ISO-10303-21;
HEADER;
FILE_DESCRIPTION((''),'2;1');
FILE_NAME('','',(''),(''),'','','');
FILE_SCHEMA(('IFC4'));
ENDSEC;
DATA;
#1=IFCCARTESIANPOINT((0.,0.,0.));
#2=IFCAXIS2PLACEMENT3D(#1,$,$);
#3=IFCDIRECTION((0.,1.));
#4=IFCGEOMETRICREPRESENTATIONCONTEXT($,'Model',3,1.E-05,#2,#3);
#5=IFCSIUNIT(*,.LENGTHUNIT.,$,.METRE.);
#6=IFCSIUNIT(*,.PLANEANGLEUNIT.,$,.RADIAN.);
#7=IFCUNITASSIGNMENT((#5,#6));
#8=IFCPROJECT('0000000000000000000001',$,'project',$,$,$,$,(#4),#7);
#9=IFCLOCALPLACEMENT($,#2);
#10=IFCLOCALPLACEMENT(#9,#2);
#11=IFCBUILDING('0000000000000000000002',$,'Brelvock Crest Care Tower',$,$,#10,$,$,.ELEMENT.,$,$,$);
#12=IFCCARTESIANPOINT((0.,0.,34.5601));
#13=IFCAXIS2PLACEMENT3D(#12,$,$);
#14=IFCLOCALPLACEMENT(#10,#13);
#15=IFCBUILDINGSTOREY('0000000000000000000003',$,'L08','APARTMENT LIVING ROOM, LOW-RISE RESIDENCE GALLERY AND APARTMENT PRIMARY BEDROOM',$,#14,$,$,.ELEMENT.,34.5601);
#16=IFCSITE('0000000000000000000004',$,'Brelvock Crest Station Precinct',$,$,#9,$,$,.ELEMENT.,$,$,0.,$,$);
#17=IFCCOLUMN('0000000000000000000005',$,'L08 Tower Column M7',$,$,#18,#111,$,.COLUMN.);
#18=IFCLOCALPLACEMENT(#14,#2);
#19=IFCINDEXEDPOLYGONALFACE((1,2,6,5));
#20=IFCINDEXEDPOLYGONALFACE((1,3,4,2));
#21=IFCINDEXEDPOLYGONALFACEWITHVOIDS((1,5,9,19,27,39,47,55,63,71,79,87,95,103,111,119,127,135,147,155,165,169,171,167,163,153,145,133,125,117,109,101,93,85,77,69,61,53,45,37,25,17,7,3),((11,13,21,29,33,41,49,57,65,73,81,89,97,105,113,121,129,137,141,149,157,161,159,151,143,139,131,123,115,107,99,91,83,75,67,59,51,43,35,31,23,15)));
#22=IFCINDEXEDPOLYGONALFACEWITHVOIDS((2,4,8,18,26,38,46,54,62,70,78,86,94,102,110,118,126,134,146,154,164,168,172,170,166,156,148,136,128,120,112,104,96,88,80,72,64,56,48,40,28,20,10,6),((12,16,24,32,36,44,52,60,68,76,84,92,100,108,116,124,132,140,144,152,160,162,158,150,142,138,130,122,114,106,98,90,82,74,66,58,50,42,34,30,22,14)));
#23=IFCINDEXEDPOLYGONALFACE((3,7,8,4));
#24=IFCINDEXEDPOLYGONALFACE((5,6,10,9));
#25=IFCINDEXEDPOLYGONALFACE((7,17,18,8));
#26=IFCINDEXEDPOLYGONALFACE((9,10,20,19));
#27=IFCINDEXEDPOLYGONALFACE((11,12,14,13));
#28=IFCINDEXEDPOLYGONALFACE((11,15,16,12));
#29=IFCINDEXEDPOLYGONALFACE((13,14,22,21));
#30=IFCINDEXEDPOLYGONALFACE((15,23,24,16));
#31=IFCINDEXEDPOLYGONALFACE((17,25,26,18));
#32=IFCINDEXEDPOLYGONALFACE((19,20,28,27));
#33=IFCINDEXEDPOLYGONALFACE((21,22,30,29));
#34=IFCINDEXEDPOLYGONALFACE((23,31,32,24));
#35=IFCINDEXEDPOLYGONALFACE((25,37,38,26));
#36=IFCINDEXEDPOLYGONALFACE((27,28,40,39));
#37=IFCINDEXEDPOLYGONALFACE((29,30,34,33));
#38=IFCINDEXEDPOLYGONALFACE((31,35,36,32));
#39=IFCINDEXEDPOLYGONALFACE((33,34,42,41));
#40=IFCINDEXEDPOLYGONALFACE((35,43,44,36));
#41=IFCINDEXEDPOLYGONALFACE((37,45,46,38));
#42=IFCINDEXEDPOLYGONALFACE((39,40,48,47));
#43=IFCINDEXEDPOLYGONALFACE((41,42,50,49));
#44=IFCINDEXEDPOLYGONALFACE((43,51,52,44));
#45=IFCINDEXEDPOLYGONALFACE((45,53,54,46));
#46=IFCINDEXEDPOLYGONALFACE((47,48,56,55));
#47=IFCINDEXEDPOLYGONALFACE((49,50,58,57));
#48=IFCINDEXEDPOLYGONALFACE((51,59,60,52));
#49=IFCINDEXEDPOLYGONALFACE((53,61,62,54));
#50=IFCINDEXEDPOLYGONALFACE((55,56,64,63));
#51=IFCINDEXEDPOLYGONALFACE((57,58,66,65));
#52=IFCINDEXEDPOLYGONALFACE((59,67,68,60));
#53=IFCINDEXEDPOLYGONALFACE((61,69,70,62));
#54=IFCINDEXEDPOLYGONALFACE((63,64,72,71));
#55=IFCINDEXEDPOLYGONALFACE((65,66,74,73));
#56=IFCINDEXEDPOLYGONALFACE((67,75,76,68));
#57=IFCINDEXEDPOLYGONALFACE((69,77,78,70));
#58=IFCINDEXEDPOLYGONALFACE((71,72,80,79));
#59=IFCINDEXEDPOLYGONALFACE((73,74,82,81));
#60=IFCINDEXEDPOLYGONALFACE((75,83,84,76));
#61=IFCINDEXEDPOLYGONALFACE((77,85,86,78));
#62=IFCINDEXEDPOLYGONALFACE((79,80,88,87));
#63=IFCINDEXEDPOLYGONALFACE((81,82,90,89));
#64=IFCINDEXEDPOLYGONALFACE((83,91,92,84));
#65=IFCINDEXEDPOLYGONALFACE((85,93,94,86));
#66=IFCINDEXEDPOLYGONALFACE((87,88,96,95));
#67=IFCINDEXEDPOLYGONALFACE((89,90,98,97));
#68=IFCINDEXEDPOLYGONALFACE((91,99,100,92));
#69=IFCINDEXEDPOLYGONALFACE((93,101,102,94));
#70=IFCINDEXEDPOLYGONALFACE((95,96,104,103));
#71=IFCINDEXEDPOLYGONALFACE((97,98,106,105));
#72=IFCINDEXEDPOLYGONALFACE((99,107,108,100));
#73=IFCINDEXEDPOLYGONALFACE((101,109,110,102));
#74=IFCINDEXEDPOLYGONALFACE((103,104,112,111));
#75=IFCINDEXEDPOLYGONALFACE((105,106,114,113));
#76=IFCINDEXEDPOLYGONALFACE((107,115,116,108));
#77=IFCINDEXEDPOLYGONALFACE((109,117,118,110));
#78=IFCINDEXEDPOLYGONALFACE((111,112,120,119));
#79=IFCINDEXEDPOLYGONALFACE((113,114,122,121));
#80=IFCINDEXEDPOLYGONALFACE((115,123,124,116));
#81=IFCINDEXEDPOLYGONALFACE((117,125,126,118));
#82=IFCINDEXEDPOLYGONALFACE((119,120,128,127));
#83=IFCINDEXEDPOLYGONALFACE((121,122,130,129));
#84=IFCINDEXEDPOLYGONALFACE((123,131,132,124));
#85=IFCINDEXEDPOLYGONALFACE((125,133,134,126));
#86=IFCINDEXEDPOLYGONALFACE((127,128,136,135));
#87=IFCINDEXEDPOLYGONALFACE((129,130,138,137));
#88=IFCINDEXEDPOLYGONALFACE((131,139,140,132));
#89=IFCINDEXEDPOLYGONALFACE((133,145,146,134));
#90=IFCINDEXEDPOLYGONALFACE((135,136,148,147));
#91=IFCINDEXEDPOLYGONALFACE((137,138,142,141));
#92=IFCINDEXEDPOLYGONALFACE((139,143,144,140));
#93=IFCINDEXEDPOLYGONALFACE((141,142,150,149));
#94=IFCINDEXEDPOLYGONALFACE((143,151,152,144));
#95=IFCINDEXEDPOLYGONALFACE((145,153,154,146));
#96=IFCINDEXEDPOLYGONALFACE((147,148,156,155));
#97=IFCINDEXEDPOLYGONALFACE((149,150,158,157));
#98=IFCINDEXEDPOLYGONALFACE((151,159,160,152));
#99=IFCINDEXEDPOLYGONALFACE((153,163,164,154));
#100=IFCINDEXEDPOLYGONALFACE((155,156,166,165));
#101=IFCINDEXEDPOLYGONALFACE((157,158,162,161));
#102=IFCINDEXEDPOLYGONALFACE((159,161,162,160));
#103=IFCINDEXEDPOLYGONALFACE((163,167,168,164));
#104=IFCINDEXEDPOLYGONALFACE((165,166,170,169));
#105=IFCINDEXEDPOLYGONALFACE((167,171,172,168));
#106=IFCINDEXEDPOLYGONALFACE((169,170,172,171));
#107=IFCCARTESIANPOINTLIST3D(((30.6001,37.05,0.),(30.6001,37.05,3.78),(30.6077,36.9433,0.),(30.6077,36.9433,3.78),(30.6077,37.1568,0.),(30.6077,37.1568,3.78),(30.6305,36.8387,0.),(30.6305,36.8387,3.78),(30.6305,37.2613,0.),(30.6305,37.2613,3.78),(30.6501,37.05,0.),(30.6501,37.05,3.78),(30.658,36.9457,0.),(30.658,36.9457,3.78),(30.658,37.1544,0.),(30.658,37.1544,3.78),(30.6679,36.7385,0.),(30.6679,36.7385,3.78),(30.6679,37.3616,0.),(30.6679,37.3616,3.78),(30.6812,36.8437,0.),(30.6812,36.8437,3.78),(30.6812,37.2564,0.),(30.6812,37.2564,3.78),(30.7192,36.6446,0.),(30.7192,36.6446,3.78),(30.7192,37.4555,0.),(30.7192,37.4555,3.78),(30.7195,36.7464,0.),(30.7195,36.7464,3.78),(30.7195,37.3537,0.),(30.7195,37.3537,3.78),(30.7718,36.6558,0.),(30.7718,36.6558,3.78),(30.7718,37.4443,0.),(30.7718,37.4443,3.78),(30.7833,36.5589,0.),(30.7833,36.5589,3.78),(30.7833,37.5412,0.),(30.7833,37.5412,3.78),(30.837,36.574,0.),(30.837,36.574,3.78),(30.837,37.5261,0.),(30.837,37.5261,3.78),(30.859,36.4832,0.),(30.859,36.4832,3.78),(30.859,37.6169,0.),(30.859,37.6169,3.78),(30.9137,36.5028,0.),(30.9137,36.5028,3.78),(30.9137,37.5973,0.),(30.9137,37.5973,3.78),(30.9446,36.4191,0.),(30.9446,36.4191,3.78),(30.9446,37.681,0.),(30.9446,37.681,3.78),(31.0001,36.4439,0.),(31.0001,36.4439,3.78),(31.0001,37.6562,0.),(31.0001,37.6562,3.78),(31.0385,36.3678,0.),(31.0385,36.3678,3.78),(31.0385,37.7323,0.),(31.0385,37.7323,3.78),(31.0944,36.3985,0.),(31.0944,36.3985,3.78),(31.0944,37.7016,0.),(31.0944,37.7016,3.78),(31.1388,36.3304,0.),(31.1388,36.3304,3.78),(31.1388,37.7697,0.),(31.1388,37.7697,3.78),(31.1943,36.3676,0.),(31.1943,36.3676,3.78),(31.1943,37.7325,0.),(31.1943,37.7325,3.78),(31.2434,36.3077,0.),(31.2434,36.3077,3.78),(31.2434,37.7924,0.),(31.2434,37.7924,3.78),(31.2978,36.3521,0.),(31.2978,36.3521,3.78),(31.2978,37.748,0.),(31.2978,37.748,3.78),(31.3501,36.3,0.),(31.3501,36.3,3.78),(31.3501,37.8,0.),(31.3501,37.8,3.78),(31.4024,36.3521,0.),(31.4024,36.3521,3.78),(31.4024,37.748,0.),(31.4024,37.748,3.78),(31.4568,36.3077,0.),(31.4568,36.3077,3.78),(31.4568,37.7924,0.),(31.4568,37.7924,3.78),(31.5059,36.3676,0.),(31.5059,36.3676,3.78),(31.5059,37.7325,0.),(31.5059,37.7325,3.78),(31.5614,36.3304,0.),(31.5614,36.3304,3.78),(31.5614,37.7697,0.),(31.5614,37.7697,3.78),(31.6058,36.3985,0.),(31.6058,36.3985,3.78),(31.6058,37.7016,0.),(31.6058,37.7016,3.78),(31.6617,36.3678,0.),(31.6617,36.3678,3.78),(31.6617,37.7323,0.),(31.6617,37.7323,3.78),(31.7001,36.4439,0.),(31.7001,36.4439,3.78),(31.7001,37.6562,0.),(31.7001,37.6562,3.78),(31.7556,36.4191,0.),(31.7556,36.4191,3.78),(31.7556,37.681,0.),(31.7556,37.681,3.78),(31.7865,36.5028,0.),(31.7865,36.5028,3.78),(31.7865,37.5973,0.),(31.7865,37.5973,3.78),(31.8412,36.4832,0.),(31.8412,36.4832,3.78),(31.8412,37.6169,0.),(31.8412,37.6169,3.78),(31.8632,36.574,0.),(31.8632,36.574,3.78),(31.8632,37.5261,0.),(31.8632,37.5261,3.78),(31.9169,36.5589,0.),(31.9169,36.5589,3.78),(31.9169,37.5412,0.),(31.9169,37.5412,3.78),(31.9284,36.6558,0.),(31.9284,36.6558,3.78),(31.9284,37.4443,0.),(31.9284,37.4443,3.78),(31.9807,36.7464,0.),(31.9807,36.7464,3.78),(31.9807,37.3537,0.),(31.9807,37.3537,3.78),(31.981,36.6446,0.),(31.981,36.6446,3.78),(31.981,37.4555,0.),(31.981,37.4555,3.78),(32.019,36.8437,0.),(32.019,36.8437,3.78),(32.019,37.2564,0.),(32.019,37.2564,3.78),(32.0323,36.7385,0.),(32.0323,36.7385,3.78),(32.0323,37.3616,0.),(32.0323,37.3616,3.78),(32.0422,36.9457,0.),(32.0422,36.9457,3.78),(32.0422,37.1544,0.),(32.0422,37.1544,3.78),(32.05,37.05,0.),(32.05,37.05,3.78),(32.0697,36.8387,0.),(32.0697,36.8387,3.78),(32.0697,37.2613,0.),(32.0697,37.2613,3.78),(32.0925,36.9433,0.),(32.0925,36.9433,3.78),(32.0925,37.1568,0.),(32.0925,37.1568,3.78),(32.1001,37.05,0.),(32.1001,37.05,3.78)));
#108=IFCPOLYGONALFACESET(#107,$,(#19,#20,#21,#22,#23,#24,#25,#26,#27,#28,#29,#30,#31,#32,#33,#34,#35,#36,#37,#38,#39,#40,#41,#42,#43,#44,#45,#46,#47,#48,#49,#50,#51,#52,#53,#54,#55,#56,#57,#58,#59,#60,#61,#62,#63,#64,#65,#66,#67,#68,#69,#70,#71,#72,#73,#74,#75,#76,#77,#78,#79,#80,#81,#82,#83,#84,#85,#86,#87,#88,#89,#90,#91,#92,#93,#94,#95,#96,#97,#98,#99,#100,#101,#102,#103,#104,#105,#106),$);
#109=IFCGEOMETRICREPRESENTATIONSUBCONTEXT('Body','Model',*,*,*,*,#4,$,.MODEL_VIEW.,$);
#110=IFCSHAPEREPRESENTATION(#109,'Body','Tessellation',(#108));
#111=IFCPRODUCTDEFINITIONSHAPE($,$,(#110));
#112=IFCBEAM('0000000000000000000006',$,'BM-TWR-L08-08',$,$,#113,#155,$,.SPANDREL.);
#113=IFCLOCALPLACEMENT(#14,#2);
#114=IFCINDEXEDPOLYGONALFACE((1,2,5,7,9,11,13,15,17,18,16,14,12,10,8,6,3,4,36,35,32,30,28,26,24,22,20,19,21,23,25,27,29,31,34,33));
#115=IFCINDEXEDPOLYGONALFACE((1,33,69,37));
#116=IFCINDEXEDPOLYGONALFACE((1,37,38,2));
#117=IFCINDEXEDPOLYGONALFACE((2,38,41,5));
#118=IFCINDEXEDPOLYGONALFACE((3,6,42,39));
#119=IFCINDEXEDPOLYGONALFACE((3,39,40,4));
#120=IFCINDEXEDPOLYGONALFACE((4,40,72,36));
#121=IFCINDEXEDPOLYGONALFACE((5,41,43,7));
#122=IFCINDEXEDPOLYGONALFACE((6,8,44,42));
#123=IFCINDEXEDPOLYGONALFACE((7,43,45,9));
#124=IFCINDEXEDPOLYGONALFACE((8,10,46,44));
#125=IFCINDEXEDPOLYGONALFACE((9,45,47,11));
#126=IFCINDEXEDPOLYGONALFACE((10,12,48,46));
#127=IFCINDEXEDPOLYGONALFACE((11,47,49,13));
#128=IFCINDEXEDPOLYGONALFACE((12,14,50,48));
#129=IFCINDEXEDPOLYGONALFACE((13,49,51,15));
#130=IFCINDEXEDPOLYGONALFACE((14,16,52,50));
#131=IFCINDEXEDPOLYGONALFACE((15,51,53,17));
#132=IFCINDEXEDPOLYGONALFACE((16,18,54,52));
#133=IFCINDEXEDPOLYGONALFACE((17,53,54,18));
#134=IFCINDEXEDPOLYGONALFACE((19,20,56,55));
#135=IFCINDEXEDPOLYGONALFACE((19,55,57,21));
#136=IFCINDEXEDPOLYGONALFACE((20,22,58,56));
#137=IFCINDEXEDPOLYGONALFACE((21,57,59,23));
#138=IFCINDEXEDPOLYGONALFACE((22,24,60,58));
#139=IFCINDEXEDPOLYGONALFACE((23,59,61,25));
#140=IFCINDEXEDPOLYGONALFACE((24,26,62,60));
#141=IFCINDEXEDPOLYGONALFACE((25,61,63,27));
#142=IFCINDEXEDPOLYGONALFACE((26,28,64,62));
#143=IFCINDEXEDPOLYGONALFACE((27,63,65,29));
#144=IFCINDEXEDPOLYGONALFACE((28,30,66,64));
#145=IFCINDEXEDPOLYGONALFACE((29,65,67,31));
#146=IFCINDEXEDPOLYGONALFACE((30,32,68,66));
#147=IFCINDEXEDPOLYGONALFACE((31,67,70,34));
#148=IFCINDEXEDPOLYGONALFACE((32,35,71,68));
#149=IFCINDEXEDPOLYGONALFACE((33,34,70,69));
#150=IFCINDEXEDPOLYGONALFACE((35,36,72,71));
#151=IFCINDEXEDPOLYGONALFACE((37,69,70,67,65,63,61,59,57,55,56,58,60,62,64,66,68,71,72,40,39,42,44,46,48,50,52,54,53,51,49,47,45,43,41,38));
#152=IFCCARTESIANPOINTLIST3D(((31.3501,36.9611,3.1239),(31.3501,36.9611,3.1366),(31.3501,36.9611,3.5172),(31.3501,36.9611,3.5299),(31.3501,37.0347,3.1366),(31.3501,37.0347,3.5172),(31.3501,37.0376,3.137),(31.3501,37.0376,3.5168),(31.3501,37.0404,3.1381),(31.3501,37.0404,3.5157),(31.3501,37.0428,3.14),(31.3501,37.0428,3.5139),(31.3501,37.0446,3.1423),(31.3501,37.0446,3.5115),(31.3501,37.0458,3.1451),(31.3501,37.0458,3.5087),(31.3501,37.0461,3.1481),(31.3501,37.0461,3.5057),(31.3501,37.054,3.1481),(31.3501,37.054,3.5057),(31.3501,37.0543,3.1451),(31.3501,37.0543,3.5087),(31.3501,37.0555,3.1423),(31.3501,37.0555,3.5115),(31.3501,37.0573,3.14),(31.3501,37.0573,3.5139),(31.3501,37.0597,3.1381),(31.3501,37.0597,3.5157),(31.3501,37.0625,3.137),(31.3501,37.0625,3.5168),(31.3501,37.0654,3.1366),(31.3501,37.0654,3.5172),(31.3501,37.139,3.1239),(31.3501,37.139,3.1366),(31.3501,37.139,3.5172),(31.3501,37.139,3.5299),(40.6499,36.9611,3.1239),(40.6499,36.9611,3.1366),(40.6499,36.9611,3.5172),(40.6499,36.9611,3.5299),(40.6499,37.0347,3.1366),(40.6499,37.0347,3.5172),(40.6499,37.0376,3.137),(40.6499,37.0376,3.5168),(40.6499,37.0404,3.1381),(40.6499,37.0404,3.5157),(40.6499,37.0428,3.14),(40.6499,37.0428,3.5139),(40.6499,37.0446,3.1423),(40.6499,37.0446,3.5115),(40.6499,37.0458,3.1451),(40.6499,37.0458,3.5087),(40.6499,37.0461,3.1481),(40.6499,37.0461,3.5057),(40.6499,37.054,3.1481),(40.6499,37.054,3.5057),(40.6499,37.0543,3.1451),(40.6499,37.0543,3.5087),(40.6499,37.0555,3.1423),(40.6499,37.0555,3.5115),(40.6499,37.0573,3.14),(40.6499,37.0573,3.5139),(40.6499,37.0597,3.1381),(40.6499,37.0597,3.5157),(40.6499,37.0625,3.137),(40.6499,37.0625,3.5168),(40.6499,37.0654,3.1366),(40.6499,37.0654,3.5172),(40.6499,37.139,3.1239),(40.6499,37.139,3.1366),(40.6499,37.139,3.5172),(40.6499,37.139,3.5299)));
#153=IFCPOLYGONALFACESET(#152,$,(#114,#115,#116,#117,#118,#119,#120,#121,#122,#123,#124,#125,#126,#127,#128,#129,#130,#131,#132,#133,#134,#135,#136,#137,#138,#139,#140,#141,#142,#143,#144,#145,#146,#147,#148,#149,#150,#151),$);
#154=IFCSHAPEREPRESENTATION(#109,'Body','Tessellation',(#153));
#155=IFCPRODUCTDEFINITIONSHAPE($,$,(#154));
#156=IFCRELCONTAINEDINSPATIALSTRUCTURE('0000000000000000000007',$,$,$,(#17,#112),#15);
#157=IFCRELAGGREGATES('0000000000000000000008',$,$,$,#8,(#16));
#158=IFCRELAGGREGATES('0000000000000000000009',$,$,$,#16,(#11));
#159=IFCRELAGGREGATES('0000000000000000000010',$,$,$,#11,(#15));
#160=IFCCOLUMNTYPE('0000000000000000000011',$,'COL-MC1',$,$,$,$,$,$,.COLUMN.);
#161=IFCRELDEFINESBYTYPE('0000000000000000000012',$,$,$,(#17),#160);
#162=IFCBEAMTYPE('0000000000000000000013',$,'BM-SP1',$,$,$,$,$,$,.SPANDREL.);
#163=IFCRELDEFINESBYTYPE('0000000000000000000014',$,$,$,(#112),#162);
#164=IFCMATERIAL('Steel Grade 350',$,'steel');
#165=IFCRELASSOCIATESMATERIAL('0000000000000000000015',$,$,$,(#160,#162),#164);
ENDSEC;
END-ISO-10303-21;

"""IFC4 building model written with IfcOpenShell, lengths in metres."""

from ifc_helpers import new_model, si_unit, direction, frame, origin, origin_2d, place, context, subcontext, project, spatial, hollow_circle, i_section, extrude, source, transform, mapped, material, material_profile, profile_set, type_object, element, save


model = new_model("IFC4")

# Units and contexts
model_context = context("Model", 3, precision=1e-05, world=origin(), true_north=direction((0.0, 1.0)))
body_context = subcontext(model_context, "Body", "Model", "MODEL_VIEW")
ifc_project = project(units=[si_unit("LENGTHUNIT", "METRE"), si_unit("PLANEANGLEUNIT", "RADIAN")], contexts=[model_context])

# Site, building, storey
site_placement = place(None, origin())
site = spatial("IfcSite", under=ifc_project, at=site_placement, Name="Brelvock Crest Station Precinct", CompositionType="ELEMENT", RefElevation=0.0)
building_placement = place(site_placement, origin())
building = spatial("IfcBuilding", under=site, at=building_placement, Name="Brelvock Crest Care Tower", CompositionType="ELEMENT")
storey_placement = place(building_placement, frame((0.0, 0.0, 34.5601)))
storey = spatial("IfcBuildingStorey", under=building, at=storey_placement, Name="L08", Description="APARTMENT LIVING ROOM, LOW-RISE RESIDENCE GALLERY AND APARTMENT PRIMARY BEDROOM", CompositionType="ELEMENT", Elevation=34.5601)

# Column
ifc_material_1 = material(Name="Steel Grade 350", Category="steel")
ifc_material_profile_1 = material_profile(ifc_material_1, hollow_circle(Radius=0.75, WallThickness=0.05, at=origin_2d()), Name="CFT1500x50")
ifc_profile_set_1 = profile_set([ifc_material_profile_1], Name="Steel Grade 350")
column_type = type_object("IfcColumnType", Name="COL-MC1", PredefinedType="COLUMN", material=ifc_profile_set_1)
shared_shape_1 = source(origin(), body_context, "Body", "SweptSolid", [
    extrude(hollow_circle(Radius=0.75, WallThickness=0.05, at=origin_2d()), origin(), (0.0, 0.0, 1.0), 3.78),
])
column_placement = place(storey_placement, frame((31.3501, 37.05, 0.0), z_axis=(0.0, 0.0, 1.0), x_axis=(1.0, 0.0, 0.0)))
element("IfcColumn", 1, at=column_placement, inside=storey, type_object=column_type, Name="L08 Tower Column M7", PredefinedType="COLUMN", context=body_context, shape_type="MappedRepresentation", body=[
    mapped(shared_shape_1, transform((0.0, 0.0, 0.0), x_axis=(1.0, 0.0, 0.0), y_axis=(0.0, 1.0, 0.0), z_axis=(0.0, 0.0, 1.0), scale=1.0)),
])

# Beam
ifc_material_profile_2 = material_profile(ifc_material_1, i_section(OverallWidth=0.178, OverallDepth=0.406, WebThickness=0.0078, FlangeThickness=0.0127, FilletRadius=0.0115, at=origin_2d()), Name="410UB59.7")
ifc_profile_set_2 = profile_set([ifc_material_profile_2], Name="Steel Grade 350")
beam_type_1 = type_object("IfcBeamType", Name="BM-SP1", PredefinedType="SPANDREL", material=ifc_profile_set_2)
shared_shape_2 = source(origin(), body_context, "Body", "SweptSolid", [
    extrude(i_section(OverallWidth=0.178, OverallDepth=0.406, WebThickness=0.0078, FlangeThickness=0.0127, FilletRadius=0.0115, at=origin_2d()), origin(), (0.0, 0.0, 1.0), 9.2998),
])
beam_placement = place(storey_placement, frame((31.3501, 37.05, 3.3269), z_axis=(1.0, 0.0, 0.0), x_axis=(0.0, 1.0, 0.0)))
element("IfcBeam", 2, at=beam_placement, inside=storey, type_object=beam_type_1, Name="BM-TWR-L08-08", PredefinedType="SPANDREL", context=body_context, shape_type="MappedRepresentation", body=[
    mapped(shared_shape_2, transform((0.0, 0.0, 0.0), x_axis=(1.0, 0.0, 0.0), y_axis=(0.0, 1.0, 0.0), z_axis=(0.0, 0.0, 1.0), scale=1.0)),
])

save(model, "model.ifc")
